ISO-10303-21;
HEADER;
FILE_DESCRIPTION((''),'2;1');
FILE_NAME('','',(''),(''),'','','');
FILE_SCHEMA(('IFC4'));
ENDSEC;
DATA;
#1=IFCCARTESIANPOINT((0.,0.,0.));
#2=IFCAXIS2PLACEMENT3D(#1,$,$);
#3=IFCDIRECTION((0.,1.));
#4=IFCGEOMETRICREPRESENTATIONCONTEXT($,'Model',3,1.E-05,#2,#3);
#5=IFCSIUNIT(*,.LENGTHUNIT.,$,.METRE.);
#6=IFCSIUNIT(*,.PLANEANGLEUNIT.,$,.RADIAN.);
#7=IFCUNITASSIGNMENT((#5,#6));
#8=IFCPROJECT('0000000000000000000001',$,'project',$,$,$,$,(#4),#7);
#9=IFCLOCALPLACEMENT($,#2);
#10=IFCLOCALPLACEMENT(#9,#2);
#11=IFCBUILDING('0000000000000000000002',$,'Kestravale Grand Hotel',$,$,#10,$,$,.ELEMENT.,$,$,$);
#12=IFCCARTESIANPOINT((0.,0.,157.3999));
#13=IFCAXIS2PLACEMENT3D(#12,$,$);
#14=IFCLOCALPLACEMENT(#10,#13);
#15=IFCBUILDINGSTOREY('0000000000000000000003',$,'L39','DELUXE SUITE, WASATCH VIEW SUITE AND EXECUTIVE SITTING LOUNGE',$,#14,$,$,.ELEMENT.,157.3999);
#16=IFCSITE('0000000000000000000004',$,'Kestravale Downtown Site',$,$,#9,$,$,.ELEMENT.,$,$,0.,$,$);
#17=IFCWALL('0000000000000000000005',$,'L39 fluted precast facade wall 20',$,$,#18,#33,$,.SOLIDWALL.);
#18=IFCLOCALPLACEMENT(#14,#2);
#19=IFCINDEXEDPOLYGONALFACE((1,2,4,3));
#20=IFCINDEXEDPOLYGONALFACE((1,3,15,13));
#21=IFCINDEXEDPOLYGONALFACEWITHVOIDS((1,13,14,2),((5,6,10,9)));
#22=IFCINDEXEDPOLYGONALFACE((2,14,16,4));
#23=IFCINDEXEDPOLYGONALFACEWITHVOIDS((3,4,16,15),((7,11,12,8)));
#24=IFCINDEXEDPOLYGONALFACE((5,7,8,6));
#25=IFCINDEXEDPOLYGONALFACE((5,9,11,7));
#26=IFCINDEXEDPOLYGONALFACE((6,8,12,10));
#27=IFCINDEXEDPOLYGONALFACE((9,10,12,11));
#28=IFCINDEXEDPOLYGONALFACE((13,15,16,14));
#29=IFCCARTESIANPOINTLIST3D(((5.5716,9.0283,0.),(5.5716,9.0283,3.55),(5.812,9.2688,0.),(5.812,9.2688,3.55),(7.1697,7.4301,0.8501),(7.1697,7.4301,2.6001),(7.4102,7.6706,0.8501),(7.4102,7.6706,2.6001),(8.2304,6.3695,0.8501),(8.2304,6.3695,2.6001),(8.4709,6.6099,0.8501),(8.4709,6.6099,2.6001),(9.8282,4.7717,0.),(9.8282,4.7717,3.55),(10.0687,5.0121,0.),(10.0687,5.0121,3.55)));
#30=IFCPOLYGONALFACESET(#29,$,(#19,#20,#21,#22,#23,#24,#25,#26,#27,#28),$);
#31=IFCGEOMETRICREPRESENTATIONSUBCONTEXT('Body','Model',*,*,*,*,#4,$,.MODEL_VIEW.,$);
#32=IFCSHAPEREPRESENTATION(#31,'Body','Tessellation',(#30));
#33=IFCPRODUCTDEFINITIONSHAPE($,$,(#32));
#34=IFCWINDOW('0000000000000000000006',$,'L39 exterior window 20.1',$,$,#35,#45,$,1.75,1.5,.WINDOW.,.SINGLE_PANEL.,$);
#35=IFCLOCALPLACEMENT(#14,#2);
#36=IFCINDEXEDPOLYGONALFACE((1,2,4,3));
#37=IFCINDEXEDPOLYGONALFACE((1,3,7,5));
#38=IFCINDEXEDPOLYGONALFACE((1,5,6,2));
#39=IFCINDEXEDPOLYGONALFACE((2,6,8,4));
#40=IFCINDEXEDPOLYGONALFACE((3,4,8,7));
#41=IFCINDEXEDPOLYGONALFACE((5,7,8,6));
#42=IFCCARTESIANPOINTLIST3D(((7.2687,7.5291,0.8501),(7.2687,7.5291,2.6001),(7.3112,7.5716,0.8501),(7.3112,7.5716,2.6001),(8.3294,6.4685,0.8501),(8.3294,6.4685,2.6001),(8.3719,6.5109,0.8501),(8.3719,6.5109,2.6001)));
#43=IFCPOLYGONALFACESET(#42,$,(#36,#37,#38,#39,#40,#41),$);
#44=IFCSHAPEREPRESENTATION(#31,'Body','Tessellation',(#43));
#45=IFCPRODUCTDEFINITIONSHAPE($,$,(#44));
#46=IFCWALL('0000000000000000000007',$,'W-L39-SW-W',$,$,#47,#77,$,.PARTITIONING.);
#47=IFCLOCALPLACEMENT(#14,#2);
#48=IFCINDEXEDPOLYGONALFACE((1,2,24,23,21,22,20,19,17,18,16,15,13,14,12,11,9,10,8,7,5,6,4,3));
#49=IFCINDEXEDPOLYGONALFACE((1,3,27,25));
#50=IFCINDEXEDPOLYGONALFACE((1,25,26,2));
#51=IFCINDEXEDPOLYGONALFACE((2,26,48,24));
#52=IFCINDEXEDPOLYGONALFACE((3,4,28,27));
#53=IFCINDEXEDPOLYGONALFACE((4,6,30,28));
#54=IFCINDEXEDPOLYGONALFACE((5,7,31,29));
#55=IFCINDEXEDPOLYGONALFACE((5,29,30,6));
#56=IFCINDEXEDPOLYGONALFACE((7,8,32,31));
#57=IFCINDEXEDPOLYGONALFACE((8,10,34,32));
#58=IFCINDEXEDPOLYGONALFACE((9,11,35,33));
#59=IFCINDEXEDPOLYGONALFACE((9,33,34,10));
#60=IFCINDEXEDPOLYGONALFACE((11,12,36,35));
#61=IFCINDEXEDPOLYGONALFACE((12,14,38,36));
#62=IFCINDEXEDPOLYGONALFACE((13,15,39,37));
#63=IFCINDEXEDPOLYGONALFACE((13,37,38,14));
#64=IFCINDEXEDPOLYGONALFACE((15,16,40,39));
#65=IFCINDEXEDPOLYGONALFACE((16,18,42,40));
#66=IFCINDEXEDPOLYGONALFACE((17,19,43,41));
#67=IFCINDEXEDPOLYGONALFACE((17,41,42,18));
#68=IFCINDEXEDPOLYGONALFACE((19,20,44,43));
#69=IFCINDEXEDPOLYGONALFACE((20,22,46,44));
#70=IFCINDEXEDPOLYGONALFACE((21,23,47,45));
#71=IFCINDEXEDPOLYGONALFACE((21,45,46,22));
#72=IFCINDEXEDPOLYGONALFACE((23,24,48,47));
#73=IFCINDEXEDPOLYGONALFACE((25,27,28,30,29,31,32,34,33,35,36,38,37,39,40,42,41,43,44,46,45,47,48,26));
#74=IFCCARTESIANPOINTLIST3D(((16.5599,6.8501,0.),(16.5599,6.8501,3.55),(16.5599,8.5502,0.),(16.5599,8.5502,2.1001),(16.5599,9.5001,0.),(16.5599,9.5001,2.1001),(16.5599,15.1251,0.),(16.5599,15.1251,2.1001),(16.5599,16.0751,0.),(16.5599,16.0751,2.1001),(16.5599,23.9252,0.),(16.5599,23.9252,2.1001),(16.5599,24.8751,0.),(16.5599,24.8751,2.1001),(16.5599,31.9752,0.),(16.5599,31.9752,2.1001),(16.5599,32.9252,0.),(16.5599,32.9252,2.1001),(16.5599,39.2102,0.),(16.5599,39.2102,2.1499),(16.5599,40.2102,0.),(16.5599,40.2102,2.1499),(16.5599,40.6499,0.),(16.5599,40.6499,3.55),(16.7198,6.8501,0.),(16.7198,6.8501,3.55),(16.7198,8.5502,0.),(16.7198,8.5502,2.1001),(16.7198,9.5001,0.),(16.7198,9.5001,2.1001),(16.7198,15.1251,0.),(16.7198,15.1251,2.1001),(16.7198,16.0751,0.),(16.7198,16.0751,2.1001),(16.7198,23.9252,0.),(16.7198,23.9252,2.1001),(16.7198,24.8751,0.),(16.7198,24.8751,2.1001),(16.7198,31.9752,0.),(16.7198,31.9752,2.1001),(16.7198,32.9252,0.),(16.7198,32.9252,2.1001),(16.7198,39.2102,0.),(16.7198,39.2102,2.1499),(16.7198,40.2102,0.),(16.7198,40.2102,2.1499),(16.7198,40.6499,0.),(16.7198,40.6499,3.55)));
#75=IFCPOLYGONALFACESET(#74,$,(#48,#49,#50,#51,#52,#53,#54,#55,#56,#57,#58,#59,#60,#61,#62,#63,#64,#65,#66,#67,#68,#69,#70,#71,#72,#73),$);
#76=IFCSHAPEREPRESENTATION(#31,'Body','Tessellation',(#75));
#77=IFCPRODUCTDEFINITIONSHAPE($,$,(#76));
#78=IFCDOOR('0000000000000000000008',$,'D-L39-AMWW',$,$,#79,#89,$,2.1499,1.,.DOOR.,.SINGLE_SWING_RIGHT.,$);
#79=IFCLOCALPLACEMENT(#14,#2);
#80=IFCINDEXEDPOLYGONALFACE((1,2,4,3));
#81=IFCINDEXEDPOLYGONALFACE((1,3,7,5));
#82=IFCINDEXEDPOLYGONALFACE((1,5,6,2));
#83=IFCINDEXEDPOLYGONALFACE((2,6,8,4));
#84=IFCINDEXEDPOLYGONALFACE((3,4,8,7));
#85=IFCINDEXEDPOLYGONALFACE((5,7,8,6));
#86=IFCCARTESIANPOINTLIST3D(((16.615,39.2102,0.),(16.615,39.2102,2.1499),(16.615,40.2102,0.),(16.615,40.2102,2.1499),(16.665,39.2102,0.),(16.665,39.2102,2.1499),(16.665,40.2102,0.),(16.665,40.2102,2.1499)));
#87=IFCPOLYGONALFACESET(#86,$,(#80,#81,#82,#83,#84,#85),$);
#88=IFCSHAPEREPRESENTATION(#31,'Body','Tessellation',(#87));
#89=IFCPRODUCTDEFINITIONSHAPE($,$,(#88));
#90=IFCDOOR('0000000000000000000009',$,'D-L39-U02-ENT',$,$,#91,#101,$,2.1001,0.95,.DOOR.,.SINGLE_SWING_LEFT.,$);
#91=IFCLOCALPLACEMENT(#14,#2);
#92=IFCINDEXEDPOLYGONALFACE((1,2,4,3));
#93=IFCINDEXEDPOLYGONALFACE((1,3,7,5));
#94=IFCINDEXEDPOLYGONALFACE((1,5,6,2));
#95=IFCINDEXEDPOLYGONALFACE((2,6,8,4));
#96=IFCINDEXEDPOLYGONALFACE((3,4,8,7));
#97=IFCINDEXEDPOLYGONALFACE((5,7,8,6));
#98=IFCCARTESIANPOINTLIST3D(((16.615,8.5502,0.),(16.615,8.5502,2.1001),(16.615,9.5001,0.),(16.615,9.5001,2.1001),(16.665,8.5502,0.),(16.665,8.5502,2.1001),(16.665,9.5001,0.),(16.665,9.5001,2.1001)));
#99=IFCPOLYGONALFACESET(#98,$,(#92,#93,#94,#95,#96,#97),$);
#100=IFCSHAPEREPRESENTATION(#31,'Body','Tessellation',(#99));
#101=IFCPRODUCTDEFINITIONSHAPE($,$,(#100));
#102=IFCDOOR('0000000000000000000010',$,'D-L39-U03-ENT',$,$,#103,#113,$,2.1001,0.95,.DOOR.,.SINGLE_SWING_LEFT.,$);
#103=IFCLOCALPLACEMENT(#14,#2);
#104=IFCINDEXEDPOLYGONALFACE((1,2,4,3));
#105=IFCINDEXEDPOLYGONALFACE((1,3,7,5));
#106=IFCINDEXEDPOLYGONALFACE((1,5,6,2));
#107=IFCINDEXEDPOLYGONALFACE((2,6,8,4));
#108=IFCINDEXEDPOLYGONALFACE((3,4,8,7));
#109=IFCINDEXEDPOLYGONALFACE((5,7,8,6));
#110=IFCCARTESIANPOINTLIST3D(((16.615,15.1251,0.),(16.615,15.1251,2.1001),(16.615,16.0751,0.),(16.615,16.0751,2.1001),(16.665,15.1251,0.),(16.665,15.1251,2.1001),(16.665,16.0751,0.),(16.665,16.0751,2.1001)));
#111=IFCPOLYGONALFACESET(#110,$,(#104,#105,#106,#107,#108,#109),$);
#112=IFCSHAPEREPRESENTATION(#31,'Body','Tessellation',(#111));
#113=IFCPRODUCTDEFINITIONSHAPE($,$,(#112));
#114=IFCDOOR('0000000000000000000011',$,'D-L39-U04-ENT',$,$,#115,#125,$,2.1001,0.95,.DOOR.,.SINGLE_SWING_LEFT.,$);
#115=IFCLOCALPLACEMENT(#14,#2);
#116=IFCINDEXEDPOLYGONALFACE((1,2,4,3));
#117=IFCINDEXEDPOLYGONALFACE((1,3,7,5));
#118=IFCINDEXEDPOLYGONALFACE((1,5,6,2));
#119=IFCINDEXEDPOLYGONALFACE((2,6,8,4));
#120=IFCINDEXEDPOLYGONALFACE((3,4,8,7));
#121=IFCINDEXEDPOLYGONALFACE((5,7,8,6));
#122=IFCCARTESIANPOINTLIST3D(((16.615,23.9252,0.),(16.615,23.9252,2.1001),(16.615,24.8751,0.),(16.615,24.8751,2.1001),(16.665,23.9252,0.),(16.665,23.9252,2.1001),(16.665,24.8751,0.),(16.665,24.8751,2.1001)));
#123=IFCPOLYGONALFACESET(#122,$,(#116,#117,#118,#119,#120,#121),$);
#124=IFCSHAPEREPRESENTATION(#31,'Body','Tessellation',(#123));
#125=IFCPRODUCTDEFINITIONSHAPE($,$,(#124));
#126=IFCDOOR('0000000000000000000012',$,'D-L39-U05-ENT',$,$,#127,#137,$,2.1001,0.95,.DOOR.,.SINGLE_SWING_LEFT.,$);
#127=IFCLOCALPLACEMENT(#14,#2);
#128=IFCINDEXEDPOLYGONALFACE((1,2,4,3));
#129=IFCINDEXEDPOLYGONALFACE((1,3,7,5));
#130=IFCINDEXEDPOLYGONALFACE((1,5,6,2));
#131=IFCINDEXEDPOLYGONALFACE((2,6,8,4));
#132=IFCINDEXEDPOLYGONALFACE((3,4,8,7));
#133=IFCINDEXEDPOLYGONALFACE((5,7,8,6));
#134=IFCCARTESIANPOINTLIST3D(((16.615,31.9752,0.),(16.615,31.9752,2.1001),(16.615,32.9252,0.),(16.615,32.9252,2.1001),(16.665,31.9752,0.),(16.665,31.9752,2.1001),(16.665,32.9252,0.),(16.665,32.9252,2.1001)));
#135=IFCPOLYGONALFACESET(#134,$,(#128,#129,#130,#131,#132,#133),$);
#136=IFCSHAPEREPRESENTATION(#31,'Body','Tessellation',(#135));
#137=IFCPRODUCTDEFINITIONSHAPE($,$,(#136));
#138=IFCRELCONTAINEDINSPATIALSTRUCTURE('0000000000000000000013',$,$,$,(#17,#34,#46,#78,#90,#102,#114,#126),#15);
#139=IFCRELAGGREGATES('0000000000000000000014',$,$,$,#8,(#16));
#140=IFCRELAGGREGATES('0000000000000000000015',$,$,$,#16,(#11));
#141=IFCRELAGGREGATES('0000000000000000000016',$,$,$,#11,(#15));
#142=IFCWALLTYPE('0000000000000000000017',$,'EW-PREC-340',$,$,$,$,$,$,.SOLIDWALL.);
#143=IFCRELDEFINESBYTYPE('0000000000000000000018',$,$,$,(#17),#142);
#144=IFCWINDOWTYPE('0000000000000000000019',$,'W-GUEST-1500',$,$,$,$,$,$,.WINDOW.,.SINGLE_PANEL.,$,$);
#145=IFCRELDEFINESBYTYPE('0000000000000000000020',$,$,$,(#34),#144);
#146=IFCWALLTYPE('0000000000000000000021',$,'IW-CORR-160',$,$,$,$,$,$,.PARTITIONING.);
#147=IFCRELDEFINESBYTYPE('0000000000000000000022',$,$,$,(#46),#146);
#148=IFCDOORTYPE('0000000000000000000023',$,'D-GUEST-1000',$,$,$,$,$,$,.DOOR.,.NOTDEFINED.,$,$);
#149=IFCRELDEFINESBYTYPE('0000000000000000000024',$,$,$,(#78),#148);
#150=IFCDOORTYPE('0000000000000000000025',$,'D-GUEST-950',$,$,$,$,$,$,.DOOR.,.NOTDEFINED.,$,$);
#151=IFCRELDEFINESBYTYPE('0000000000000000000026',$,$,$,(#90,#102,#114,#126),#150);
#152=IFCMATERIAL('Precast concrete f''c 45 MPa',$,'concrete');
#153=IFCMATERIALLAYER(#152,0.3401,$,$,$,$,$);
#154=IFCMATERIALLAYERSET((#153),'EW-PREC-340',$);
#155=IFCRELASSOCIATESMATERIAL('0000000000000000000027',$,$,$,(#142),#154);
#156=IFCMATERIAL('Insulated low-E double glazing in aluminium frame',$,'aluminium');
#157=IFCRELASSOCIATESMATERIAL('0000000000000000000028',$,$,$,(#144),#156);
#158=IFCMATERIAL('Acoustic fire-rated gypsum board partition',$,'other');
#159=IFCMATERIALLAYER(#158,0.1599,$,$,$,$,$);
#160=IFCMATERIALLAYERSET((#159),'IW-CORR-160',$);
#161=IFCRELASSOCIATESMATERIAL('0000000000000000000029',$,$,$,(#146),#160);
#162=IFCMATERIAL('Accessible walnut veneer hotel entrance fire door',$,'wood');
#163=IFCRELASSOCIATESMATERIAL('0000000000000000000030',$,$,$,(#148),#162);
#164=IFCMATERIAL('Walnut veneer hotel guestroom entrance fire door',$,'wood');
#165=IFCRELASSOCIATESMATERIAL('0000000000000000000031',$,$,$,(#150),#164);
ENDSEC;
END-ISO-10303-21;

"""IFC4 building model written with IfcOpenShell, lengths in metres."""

from ifc_helpers import new_model, si_unit, direction, frame, frame_2d, origin, place, context, subcontext, project, spatial, rectangle, extrude, material, layer, layer_set, type_object, element, fill, save


model = new_model("IFC4")

# Units and contexts
model_context = context("Model", 3, precision=1e-05, world=origin(), true_north=direction((0.0, 1.0)))
body_context = subcontext(model_context, "Body", "Model", "MODEL_VIEW")
ifc_project = project(units=[si_unit("LENGTHUNIT", "METRE"), si_unit("PLANEANGLEUNIT", "RADIAN")], contexts=[model_context])

# Site, building, storey
site_placement = place(None, origin())
site = spatial("IfcSite", under=ifc_project, at=site_placement, Name="Kestravale Downtown Site", CompositionType="ELEMENT", RefElevation=0.0)
building_placement = place(site_placement, origin())
building = spatial("IfcBuilding", under=site, at=building_placement, Name="Kestravale Grand Hotel", CompositionType="ELEMENT")
storey_placement = place(building_placement, frame((0.0, 0.0, 157.3999)))
storey = spatial("IfcBuildingStorey", under=building, at=storey_placement, Name="L39", Description="DELUXE SUITE, WASATCH VIEW SUITE AND EXECUTIVE SITTING LOUNGE", CompositionType="ELEMENT", Elevation=157.3999)

# Shared definitions
ifc_material_1 = material(Name="Precast concrete f'c 45 MPa", Category="concrete")
ifc_layer_1 = layer(ifc_material_1, 0.3401)
ifc_layer_set_1 = layer_set([ifc_layer_1], Name="EW-PREC-340")
wall_type_1 = type_object("IfcWallType", Name="EW-PREC-340", PredefinedType="SOLIDWALL", material=ifc_layer_set_1)
ifc_material_2 = material(Name="Insulated low-E double glazing in aluminium frame", Category="aluminium")
window_type = type_object("IfcWindowType", Name="W-GUEST-1500", PartitioningType="SINGLE_PANEL", PredefinedType="WINDOW", material=ifc_material_2)

# Wall, opening, window
wall_1_placement = place(storey_placement, frame((5.6919, 9.1484, 0.0), z_axis=(0.0, 0.0, 1.0), x_axis=(0.707107, -0.707107, 0.0)))
wall_1 = element("IfcWall", 1, at=wall_1_placement, inside=storey, type_object=wall_type_1, Name="L39 fluted precast facade wall 20", PredefinedType="SOLIDWALL", context=body_context, shape_type="SweptSolid", body=[
    extrude(rectangle(XDim=6.0198, YDim=0.3401, at=frame_2d((3.0098, 0.0))), origin(), (0.0, 0.0, 1.0), 3.55),
])
opening_1_placement = place(wall_1_placement, frame((2.26, 0.0, 0.8501)))
opening_1 = element("IfcOpeningElement", 2, at=opening_1_placement, cuts=wall_1, PredefinedType="OPENING", context=body_context, shape_type="SweptSolid", body=[
    extrude(rectangle(XDim=1.5, YDim=1.75, at=frame_2d((0.75, 0.875))), frame((0.0, 0.1799, 0.0), z_axis=(0.0, -1.0, 0.0), x_axis=(1.0, 0.0, 0.0)), (0.0, 0.0, 1.0), 0.3601),
])
window_1_placement = place(opening_1_placement, origin())
window_1 = element("IfcWindow", 3, at=window_1_placement, inside=storey, type_object=window_type, Name="L39 exterior window 20.1", OverallHeight=1.75, OverallWidth=1.5, PartitioningType="SINGLE_PANEL", PredefinedType="WINDOW", context=body_context, shape_type="SweptSolid", body=[
    extrude(rectangle(XDim=1.5, YDim=1.75, at=frame_2d((0.75, 0.875))), frame((0.0, 0.03, 0.0), z_axis=(0.0, -1.0, 0.0), x_axis=(1.0, 0.0, 0.0)), (0.0, 0.0, 1.0), 0.0601),
])
fill(opening_1, window_1)

# Wall, openings, doors
ifc_material_3 = material(Name="Acoustic fire-rated gypsum board partition", Category="other")
ifc_layer_2 = layer(ifc_material_3, 0.1599)
ifc_layer_set_2 = layer_set([ifc_layer_2], Name="IW-CORR-160")
wall_type_2 = type_object("IfcWallType", Name="IW-CORR-160", PredefinedType="PARTITIONING", material=ifc_layer_set_2)
wall_2_placement = place(storey_placement, frame((16.6399, 6.8501, 0.0), z_axis=(0.0, 0.0, 1.0), x_axis=(0.0, 1.0, 0.0)))
wall_2 = element("IfcWall", 4, at=wall_2_placement, inside=storey, type_object=wall_type_2, Name="W-L39-SW-W", PredefinedType="PARTITIONING", context=body_context, shape_type="SweptSolid", body=[
    extrude(rectangle(XDim=33.7998, YDim=0.1599, at=frame_2d((16.8999, 0.0))), origin(), (0.0, 0.0, 1.0), 3.55),
])
opening_2_placement = place(wall_2_placement, frame((1.7, 0.0, 0.0)))
opening_2 = element("IfcOpeningElement", 5, at=opening_2_placement, cuts=wall_2, PredefinedType="OPENING", context=body_context, shape_type="SweptSolid", body=[
    extrude(rectangle(XDim=0.95, YDim=2.1001, at=frame_2d((0.4751, 1.05))), frame((0.0, 0.0898, 0.0), z_axis=(0.0, -1.0, 0.0), x_axis=(1.0, 0.0, 0.0)), (0.0, 0.0, 1.0), 0.1799),
])
opening_3_placement = place(wall_2_placement, frame((8.2749, 0.0, 0.0)))
opening_3 = element("IfcOpeningElement", 6, at=opening_3_placement, cuts=wall_2, PredefinedType="OPENING", context=body_context, shape_type="SweptSolid", body=[
    extrude(rectangle(XDim=0.95, YDim=2.1001, at=frame_2d((0.4751, 1.05))), frame((0.0, 0.0898, 0.0), z_axis=(0.0, -1.0, 0.0), x_axis=(1.0, 0.0, 0.0)), (0.0, 0.0, 1.0), 0.1799),
])
opening_4_placement = place(wall_2_placement, frame((17.075, 0.0, 0.0)))
opening_4 = element("IfcOpeningElement", 7, at=opening_4_placement, cuts=wall_2, PredefinedType="OPENING", context=body_context, shape_type="SweptSolid", body=[
    extrude(rectangle(XDim=0.95, YDim=2.1001, at=frame_2d((0.4751, 1.05))), frame((0.0, 0.0898, 0.0), z_axis=(0.0, -1.0, 0.0), x_axis=(1.0, 0.0, 0.0)), (0.0, 0.0, 1.0), 0.1799),
])
opening_5_placement = place(wall_2_placement, frame((25.125, 0.0, 0.0)))
opening_5 = element("IfcOpeningElement", 8, at=opening_5_placement, cuts=wall_2, PredefinedType="OPENING", context=body_context, shape_type="SweptSolid", body=[
    extrude(rectangle(XDim=0.95, YDim=2.1001, at=frame_2d((0.4751, 1.05))), frame((0.0, 0.0898, 0.0), z_axis=(0.0, -1.0, 0.0), x_axis=(1.0, 0.0, 0.0)), (0.0, 0.0, 1.0), 0.1799),
])
opening_6_placement = place(wall_2_placement, frame((32.3601, 0.0, 0.0)))
opening_6 = element("IfcOpeningElement", 9, at=opening_6_placement, cuts=wall_2, PredefinedType="OPENING", context=body_context, shape_type="SweptSolid", body=[
    extrude(rectangle(XDim=1.0, YDim=2.1499, at=frame_2d((0.5, 1.075))), frame((0.0, 0.0898, 0.0), z_axis=(0.0, -1.0, 0.0), x_axis=(1.0, 0.0, 0.0)), (0.0, 0.0, 1.0), 0.1799),
])
ifc_material_4 = material(Name="Accessible walnut veneer hotel entrance fire door", Category="wood")
door_type_1 = type_object("IfcDoorType", Name="D-GUEST-1000", OperationType="NOTDEFINED", PredefinedType="DOOR", material=ifc_material_4)
door_1_placement = place(opening_6_placement, origin())
door_1 = element("IfcDoor", 10, at=door_1_placement, inside=storey, type_object=door_type_1, Name="D-L39-AMWW", OperationType="SINGLE_SWING_RIGHT", OverallHeight=2.1499, OverallWidth=1.0, PredefinedType="DOOR", context=body_context, shape_type="SweptSolid", body=[
    extrude(rectangle(XDim=1.0, YDim=2.1499, at=frame_2d((0.5, 1.075))), frame((0.0, 0.0249, 0.0), z_axis=(0.0, -1.0, 0.0), x_axis=(1.0, 0.0, 0.0)), (0.0, 0.0, 1.0), 0.05),
])
fill(opening_6, door_1)
ifc_material_5 = material(Name="Walnut veneer hotel guestroom entrance fire door", Category="wood")
door_type_2 = type_object("IfcDoorType", Name="D-GUEST-950", OperationType="NOTDEFINED", PredefinedType="DOOR", material=ifc_material_5)
door_2_placement = place(opening_2_placement, origin())
door_2 = element("IfcDoor", 11, at=door_2_placement, inside=storey, type_object=door_type_2, Name="D-L39-U02-ENT", OperationType="SINGLE_SWING_LEFT", OverallHeight=2.1001, OverallWidth=0.95, PredefinedType="DOOR", context=body_context, shape_type="SweptSolid", body=[
    extrude(rectangle(XDim=0.95, YDim=2.1001, at=frame_2d((0.4751, 1.05))), frame((0.0, 0.0249, 0.0), z_axis=(0.0, -1.0, 0.0), x_axis=(1.0, 0.0, 0.0)), (0.0, 0.0, 1.0), 0.05),
])
fill(opening_2, door_2)
door_3_placement = place(opening_3_placement, origin())
door_3 = element("IfcDoor", 12, at=door_3_placement, inside=storey, type_object=door_type_2, Name="D-L39-U03-ENT", OperationType="SINGLE_SWING_LEFT", OverallHeight=2.1001, OverallWidth=0.95, PredefinedType="DOOR", context=body_context, shape_type="SweptSolid", body=[
    extrude(rectangle(XDim=0.95, YDim=2.1001, at=frame_2d((0.4751, 1.05))), frame((0.0, 0.0249, 0.0), z_axis=(0.0, -1.0, 0.0), x_axis=(1.0, 0.0, 0.0)), (0.0, 0.0, 1.0), 0.05),
])
fill(opening_3, door_3)
door_4_placement = place(opening_4_placement, origin())
door_4 = element("IfcDoor", 13, at=door_4_placement, inside=storey, type_object=door_type_2, Name="D-L39-U04-ENT", OperationType="SINGLE_SWING_LEFT", OverallHeight=2.1001, OverallWidth=0.95, PredefinedType="DOOR", context=body_context, shape_type="SweptSolid", body=[
    extrude(rectangle(XDim=0.95, YDim=2.1001, at=frame_2d((0.4751, 1.05))), frame((0.0, 0.0249, 0.0), z_axis=(0.0, -1.0, 0.0), x_axis=(1.0, 0.0, 0.0)), (0.0, 0.0, 1.0), 0.05),
])
fill(opening_4, door_4)
door_5_placement = place(opening_5_placement, origin())
door_5 = element("IfcDoor", 14, at=door_5_placement, inside=storey, type_object=door_type_2, Name="D-L39-U05-ENT", OperationType="SINGLE_SWING_LEFT", OverallHeight=2.1001, OverallWidth=0.95, PredefinedType="DOOR", context=body_context, shape_type="SweptSolid", body=[
    extrude(rectangle(XDim=0.95, YDim=2.1001, at=frame_2d((0.4751, 1.05))), frame((0.0, 0.0249, 0.0), z_axis=(0.0, -1.0, 0.0), x_axis=(1.0, 0.0, 0.0)), (0.0, 0.0, 1.0), 0.05),
])
fill(opening_5, door_5)

save(model, "model.ifc")
